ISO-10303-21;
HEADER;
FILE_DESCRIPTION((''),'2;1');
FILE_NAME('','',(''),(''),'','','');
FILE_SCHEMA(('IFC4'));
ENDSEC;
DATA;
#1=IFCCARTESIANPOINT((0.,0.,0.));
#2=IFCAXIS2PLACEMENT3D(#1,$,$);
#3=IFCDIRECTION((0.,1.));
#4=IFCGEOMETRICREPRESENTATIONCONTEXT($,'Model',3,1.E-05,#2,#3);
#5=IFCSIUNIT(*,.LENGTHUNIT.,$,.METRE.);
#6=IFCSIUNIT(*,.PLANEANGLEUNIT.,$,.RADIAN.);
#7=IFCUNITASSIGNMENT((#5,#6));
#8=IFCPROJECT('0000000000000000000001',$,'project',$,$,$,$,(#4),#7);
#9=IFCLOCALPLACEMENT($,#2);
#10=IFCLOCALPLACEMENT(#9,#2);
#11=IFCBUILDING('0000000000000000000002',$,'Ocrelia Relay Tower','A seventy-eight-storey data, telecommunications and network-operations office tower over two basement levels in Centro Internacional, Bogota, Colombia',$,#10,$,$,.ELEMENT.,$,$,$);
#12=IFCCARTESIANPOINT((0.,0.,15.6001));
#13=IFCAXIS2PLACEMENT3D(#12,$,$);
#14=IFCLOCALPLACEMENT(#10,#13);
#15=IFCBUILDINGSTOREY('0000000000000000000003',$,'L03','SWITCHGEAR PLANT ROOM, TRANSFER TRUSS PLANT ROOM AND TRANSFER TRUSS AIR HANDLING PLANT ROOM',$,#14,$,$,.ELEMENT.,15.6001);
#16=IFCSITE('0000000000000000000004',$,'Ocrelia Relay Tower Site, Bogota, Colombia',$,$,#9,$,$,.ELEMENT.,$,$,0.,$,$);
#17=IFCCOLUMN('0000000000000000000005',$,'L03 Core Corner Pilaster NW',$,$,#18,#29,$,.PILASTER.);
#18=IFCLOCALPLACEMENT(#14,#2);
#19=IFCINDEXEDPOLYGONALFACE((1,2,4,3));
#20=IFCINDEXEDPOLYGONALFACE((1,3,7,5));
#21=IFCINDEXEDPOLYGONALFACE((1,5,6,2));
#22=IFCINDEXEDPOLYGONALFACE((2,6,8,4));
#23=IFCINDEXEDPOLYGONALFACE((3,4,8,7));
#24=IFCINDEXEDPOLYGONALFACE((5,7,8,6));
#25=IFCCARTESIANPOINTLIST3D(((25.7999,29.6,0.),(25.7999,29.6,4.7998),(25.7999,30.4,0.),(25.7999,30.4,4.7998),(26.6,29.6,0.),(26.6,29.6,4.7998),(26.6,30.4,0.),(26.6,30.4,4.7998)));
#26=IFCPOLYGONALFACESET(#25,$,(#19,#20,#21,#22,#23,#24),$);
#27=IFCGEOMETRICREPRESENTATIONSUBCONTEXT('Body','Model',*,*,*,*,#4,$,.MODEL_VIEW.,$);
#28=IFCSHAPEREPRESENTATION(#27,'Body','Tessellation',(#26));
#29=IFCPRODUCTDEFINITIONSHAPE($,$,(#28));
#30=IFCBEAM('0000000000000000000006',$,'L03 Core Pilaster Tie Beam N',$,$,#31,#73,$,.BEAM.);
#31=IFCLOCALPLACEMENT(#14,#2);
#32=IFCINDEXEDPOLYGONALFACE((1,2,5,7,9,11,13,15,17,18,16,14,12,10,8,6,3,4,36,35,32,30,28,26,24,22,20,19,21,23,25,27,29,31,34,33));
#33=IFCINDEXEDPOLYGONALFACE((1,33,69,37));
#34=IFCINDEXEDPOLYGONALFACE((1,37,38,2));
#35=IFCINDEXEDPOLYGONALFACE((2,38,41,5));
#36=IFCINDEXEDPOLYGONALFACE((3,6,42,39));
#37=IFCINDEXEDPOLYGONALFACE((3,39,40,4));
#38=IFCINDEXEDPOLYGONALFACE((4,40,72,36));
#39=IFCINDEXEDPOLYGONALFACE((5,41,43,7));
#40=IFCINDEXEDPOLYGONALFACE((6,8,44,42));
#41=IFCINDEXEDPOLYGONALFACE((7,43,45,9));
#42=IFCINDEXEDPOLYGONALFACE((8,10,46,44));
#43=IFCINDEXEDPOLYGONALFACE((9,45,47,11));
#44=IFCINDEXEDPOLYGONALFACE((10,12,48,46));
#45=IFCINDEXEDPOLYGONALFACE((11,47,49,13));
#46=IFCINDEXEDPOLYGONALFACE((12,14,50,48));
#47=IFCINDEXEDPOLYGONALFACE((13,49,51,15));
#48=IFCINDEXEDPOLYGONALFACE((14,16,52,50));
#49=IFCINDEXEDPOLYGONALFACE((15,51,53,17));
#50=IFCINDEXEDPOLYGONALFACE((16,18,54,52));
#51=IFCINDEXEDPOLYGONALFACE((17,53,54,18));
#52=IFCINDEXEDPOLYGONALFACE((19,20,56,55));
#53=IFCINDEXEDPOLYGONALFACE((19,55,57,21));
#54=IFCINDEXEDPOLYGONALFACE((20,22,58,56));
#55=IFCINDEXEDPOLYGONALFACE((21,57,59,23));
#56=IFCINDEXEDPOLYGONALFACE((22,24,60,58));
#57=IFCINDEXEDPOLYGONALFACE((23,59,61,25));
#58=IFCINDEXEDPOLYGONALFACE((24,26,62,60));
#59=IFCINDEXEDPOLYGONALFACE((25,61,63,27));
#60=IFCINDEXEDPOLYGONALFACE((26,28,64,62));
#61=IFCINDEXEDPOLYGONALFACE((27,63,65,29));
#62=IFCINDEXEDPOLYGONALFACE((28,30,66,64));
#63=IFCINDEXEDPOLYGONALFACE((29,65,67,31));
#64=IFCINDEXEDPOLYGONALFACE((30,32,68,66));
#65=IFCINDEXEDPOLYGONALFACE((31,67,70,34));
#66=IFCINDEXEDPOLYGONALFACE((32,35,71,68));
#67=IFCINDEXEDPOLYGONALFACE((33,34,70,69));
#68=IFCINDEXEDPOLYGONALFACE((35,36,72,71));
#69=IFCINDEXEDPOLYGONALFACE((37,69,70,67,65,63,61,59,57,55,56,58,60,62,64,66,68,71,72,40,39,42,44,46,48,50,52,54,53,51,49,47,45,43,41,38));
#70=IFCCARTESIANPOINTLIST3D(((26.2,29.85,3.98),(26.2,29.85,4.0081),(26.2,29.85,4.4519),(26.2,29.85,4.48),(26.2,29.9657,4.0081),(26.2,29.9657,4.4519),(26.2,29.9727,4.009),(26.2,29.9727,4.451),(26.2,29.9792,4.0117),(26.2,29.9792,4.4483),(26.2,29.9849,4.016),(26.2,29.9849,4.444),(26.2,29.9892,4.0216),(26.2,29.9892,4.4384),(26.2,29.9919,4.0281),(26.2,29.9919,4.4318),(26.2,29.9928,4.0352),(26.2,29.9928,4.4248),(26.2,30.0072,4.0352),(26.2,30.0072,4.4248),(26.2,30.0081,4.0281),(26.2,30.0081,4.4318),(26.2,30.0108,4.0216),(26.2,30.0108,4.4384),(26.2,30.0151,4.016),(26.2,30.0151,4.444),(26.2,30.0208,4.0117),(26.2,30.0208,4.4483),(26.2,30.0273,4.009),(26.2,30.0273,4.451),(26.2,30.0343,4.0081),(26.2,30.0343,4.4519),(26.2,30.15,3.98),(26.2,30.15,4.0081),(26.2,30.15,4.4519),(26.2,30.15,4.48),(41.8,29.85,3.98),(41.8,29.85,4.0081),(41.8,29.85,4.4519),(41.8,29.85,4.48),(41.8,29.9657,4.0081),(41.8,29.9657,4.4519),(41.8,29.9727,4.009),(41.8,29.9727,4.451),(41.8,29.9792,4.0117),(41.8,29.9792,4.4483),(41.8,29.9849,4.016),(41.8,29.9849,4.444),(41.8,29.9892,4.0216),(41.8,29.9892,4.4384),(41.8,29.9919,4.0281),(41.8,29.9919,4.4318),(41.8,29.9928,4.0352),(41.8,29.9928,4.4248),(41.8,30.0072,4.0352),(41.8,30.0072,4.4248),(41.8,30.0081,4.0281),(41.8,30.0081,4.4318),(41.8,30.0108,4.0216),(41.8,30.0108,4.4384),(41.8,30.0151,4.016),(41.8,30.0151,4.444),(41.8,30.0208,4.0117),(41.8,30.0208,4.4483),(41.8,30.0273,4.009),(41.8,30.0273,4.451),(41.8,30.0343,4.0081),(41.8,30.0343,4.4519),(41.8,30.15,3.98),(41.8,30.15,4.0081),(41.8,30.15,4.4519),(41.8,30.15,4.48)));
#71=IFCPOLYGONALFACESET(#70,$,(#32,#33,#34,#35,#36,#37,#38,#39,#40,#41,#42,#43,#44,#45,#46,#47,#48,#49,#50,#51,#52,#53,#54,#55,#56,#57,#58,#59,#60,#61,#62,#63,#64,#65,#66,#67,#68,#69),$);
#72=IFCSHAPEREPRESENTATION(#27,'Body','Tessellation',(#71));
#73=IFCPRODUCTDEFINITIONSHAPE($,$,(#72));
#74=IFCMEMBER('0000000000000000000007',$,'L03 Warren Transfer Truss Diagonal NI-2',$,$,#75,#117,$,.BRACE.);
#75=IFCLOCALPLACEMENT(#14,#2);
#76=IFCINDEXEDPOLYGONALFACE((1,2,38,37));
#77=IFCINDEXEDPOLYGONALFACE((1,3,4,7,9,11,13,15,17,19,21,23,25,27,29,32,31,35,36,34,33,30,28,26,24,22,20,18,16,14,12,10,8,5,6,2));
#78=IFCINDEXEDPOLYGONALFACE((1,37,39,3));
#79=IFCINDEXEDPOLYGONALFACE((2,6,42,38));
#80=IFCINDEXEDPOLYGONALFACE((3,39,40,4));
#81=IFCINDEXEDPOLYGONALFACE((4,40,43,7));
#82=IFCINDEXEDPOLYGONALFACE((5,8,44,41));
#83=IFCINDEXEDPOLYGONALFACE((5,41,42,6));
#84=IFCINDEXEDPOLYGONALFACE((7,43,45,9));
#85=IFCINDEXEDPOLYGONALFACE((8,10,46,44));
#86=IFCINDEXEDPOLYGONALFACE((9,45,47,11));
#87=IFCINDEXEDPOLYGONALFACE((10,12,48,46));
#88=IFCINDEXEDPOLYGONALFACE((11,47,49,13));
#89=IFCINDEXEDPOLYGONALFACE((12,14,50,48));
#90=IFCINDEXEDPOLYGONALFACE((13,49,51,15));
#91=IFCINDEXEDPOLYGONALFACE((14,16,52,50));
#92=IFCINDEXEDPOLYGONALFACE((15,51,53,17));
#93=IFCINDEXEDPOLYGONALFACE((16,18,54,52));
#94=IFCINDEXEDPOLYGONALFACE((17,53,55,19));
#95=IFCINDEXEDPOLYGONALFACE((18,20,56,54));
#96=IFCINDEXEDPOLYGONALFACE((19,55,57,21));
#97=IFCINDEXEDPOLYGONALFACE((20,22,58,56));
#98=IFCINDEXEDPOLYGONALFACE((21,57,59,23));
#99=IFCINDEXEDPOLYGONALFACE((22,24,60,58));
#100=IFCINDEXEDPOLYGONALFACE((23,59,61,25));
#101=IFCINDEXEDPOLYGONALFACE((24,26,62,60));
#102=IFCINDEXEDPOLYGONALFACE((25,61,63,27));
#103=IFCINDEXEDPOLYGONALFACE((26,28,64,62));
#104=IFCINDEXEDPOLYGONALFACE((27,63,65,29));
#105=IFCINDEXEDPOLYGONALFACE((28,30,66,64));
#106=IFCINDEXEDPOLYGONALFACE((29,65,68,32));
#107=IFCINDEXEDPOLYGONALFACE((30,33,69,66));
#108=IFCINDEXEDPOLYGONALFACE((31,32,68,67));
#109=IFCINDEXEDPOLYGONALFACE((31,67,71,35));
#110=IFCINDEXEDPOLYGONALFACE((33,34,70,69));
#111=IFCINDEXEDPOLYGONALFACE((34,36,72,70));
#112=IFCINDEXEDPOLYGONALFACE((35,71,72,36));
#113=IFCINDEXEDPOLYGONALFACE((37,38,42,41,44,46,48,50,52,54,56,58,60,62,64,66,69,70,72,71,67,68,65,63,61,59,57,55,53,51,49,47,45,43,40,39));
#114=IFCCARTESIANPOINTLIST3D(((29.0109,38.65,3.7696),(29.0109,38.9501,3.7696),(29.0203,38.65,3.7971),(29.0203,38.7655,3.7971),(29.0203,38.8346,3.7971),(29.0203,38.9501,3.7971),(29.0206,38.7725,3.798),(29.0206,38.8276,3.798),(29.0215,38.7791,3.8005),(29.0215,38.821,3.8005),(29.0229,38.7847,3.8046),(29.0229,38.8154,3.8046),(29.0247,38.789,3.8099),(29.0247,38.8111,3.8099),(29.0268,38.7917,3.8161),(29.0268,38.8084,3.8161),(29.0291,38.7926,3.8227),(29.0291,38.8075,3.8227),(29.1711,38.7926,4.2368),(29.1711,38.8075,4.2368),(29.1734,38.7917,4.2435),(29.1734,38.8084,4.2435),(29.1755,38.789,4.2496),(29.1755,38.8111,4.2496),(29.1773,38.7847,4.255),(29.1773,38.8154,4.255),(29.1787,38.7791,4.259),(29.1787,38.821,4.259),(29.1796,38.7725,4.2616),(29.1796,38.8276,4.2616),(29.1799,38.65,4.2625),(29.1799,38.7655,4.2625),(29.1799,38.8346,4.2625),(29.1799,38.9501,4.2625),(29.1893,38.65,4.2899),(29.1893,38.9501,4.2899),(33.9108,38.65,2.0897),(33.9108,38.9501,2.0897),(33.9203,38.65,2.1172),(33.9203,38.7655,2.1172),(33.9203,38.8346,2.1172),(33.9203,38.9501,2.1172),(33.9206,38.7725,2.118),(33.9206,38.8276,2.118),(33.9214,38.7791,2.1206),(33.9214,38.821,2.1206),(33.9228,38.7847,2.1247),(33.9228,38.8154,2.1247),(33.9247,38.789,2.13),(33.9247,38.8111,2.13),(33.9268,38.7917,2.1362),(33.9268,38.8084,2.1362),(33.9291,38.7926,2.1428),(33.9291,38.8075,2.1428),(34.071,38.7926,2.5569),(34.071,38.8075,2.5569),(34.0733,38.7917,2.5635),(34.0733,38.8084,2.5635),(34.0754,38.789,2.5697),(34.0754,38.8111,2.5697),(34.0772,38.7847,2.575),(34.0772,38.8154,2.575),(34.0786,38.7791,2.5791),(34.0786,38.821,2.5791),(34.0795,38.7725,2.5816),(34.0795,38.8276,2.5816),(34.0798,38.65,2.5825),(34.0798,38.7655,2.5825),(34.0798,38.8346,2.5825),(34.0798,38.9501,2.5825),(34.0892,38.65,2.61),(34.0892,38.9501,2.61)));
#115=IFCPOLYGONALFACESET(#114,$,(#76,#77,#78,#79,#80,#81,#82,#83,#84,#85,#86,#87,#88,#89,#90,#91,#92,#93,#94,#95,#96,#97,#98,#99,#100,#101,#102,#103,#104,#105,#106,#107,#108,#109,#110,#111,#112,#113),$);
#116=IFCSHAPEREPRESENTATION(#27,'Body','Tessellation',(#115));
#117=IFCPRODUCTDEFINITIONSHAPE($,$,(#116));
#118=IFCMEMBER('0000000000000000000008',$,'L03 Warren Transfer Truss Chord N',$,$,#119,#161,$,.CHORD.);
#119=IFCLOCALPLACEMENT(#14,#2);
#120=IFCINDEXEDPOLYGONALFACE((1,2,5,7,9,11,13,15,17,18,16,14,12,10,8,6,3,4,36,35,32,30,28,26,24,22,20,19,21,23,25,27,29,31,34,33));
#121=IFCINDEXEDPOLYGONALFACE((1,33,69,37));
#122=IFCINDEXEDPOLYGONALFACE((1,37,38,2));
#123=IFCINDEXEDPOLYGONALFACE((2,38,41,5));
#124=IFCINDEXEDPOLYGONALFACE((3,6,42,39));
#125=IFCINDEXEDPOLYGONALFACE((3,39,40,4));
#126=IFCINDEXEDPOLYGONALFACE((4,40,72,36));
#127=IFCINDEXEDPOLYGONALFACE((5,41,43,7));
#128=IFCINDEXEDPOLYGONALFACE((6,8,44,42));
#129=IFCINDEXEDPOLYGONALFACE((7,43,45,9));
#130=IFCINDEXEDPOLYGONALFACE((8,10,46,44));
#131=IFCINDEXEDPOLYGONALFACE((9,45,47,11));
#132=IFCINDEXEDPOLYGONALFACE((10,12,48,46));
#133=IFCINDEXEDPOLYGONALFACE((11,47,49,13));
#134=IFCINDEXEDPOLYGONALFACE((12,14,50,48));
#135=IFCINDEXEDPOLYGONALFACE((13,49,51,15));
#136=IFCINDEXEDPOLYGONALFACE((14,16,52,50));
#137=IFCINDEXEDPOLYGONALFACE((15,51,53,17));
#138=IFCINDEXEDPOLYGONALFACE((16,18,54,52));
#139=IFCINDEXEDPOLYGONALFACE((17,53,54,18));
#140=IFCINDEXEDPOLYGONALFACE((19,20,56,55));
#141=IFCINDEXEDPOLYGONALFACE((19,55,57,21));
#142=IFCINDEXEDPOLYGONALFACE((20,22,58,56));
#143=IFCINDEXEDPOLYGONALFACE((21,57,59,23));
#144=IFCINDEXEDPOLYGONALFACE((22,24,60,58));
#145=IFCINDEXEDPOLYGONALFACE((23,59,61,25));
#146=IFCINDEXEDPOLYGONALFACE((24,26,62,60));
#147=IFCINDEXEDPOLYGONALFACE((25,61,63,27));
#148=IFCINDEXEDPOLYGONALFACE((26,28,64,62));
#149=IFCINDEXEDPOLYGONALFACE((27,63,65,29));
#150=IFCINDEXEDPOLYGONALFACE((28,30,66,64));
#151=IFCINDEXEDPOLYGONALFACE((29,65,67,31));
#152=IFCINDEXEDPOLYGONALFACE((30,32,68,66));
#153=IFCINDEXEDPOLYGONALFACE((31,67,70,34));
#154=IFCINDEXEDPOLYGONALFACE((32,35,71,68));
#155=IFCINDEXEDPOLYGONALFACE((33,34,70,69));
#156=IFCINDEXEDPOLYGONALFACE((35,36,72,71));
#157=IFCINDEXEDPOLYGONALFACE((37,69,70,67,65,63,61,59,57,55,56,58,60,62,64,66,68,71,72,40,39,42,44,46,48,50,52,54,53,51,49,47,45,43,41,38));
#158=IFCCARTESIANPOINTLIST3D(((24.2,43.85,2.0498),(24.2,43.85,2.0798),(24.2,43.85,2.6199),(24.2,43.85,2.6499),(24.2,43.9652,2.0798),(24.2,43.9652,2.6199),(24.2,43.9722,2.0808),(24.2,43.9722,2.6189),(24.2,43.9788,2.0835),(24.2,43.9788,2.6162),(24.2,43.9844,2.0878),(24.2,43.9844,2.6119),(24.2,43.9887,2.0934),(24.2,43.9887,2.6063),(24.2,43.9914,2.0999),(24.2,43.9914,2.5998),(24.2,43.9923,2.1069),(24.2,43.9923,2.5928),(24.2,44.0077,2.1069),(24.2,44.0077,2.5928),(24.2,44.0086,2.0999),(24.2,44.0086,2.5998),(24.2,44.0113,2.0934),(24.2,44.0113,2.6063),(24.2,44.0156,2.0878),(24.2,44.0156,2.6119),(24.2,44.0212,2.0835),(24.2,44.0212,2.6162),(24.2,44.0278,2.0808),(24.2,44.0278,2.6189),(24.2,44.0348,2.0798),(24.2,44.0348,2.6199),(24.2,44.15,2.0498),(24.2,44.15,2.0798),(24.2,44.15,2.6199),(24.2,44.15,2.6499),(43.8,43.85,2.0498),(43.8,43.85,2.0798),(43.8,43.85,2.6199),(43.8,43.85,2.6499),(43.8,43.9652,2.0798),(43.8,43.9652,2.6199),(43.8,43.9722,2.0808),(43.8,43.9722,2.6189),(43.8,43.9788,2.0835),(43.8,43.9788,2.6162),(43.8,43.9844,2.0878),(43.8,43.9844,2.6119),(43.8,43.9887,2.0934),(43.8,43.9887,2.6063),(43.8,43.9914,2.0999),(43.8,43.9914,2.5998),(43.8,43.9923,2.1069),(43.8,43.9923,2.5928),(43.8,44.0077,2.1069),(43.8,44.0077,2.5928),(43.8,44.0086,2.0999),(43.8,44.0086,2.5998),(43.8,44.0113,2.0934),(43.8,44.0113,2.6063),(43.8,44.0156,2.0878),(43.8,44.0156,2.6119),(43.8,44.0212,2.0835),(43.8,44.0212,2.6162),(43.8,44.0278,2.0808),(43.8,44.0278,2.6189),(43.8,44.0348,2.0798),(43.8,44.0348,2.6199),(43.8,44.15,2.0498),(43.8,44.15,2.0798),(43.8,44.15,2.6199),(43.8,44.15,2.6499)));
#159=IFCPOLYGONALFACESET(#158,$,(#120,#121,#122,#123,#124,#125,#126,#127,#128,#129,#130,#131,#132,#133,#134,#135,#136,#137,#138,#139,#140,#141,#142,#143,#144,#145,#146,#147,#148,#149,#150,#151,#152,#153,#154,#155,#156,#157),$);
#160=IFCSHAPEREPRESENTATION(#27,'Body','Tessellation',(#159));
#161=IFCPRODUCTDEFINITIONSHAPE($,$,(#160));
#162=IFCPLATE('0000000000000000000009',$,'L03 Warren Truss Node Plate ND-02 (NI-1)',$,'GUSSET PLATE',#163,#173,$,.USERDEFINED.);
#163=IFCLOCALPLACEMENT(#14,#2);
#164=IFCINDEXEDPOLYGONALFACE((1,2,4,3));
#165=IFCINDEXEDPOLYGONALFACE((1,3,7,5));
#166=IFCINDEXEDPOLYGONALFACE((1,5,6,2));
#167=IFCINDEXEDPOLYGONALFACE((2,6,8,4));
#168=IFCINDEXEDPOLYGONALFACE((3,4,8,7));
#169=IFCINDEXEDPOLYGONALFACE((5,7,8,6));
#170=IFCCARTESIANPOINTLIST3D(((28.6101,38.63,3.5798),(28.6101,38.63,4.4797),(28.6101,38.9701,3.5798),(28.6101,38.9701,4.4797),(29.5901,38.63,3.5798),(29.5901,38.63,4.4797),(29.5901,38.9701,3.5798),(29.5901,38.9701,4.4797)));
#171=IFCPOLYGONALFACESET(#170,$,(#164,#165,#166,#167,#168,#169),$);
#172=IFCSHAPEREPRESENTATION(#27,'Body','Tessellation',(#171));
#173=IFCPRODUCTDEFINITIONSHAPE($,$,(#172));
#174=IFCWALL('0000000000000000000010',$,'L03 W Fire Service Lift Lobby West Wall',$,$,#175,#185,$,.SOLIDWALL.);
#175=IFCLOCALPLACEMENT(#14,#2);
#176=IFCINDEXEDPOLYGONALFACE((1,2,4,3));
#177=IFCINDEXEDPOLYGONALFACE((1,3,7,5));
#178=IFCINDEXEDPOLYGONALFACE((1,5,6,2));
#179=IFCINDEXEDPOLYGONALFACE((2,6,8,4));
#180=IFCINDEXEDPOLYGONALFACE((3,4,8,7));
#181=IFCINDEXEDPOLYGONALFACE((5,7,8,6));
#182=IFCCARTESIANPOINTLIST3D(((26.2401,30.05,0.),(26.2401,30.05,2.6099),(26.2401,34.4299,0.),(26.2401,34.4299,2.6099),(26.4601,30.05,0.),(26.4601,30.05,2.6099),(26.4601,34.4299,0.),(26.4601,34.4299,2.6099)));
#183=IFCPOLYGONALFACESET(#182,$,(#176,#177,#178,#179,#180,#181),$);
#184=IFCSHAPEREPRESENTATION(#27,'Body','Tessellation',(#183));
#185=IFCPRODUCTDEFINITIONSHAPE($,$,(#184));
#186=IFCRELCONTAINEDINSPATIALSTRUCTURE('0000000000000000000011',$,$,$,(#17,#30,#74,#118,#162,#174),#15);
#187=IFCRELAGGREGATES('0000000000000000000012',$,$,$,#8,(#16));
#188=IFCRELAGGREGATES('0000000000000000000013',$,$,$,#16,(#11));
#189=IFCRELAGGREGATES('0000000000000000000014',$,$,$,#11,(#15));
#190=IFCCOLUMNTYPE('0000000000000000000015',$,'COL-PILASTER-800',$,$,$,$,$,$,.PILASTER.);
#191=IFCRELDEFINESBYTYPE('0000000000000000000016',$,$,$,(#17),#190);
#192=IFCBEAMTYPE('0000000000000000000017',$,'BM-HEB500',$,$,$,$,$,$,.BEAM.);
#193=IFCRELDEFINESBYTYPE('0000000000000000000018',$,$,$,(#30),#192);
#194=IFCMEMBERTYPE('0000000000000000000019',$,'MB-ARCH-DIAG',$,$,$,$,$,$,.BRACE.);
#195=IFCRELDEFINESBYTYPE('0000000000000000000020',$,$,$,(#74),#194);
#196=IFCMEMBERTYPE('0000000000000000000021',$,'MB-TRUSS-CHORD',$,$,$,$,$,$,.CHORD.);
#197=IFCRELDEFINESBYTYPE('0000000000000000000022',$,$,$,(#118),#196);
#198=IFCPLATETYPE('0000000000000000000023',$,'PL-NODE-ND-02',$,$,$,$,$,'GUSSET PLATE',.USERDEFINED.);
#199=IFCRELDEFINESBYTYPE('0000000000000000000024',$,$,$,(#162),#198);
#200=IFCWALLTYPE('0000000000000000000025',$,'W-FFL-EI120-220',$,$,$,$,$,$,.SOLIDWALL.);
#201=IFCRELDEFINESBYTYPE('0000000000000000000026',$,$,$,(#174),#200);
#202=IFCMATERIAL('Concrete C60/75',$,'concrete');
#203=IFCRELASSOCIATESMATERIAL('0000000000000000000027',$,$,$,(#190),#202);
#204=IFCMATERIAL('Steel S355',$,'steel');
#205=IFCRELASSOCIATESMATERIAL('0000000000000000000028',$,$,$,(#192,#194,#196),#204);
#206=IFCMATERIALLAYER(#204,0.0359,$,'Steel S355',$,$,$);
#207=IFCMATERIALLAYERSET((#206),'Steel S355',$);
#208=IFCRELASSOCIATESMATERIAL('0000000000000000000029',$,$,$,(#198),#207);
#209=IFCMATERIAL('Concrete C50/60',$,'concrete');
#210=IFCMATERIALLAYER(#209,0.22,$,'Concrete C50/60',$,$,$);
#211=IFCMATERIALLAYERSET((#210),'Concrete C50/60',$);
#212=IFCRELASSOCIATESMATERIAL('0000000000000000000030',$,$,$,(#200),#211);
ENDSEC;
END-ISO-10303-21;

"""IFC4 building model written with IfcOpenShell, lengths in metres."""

from ifc_helpers import new_model, si_unit, direction, frame, frame_2d, origin, origin_2d, place, context, subcontext, project, spatial, rectangle, i_section, extrude, material, layer, layer_set, material_profile, profile_set, type_object, element, save


model = new_model("IFC4")

# Units and contexts
model_context = context("Model", 3, precision=1e-05, world=origin(), true_north=direction((0.0, 1.0)))
body_context = subcontext(model_context, "Body", "Model", "MODEL_VIEW")
ifc_project = project(units=[si_unit("LENGTHUNIT", "METRE"), si_unit("PLANEANGLEUNIT", "RADIAN")], contexts=[model_context])

# Site, building, storey
site_placement = place(None, origin())
site = spatial("IfcSite", under=ifc_project, at=site_placement, Name="Ocrelia Relay Tower Site, Bogota, Colombia", CompositionType="ELEMENT", RefElevation=0.0)
building_placement = place(site_placement, origin())
building = spatial("IfcBuilding", under=site, at=building_placement, Name="Ocrelia Relay Tower", Description="A seventy-eight-storey data, telecommunications and network-operations office tower over two basement levels in Centro Internacional, Bogota, Colombia", CompositionType="ELEMENT")
storey_placement = place(building_placement, frame((0.0, 0.0, 15.6001)))
storey = spatial("IfcBuildingStorey", under=building, at=storey_placement, Name="L03", Description="SWITCHGEAR PLANT ROOM, TRANSFER TRUSS PLANT ROOM AND TRANSFER TRUSS AIR HANDLING PLANT ROOM", CompositionType="ELEMENT", Elevation=15.6001)

# Column
ifc_material_1 = material(Name="Concrete C60/75", Category="concrete")
ifc_material_profile_1 = material_profile(ifc_material_1, rectangle(XDim=0.8, YDim=0.8, at=origin_2d()), Name="RC-COL-800x800")
ifc_profile_set_1 = profile_set([ifc_material_profile_1], Name="Concrete C60/75")
column_type = type_object("IfcColumnType", Name="COL-PILASTER-800", PredefinedType="PILASTER", material=ifc_profile_set_1)
column_placement = place(storey_placement, frame((26.2, 30.0, 0.0), z_axis=(0.0, 0.0, 1.0), x_axis=(1.0, 0.0, 0.0)))
element("IfcColumn", 1, at=column_placement, inside=storey, type_object=column_type, Name="L03 Core Corner Pilaster NW", PredefinedType="PILASTER", context=body_context, shape_type="SweptSolid", body=[
    extrude(rectangle(XDim=0.8, YDim=0.8, at=origin_2d()), origin(), (0.0, 0.0, 1.0), 4.7998),
])

# Beam
ifc_material_2 = material(Name="Steel S355", Category="steel")
ifc_material_profile_2 = material_profile(ifc_material_2, i_section(OverallWidth=0.3, OverallDepth=0.5, WebThickness=0.0144, FlangeThickness=0.0281, FilletRadius=0.0271, at=origin_2d()), Name="HEB 500")
ifc_profile_set_2 = profile_set([ifc_material_profile_2], Name="Steel S355")
beam_type = type_object("IfcBeamType", Name="BM-HEB500", PredefinedType="BEAM", material=ifc_profile_set_2)
beam_placement = place(storey_placement, frame((26.2, 30.0, 4.23), z_axis=(1.0, 0.0, 0.0), x_axis=(0.0, 1.0, 0.0)))
element("IfcBeam", 2, at=beam_placement, inside=storey, type_object=beam_type, Name="L03 Core Pilaster Tie Beam N", PredefinedType="BEAM", context=body_context, shape_type="SweptSolid", body=[
    extrude(i_section(OverallWidth=0.3, OverallDepth=0.5, WebThickness=0.0144, FlangeThickness=0.0281, FilletRadius=0.0271, at=origin_2d()), origin(), (0.0, 0.0, 1.0), 15.6001),
])

# Members
ifc_material_profile_3 = material_profile(ifc_material_2, i_section(OverallWidth=0.3, OverallDepth=0.55, WebThickness=0.0149, FlangeThickness=0.0291, FilletRadius=0.0271, at=origin_2d()), Name="HEB 550")
ifc_profile_set_3 = profile_set([ifc_material_profile_3], Name="Steel S355")
member_type_1 = type_object("IfcMemberType", Name="MB-ARCH-DIAG", PredefinedType="BRACE", material=ifc_profile_set_3)
member_1_placement = place(storey_placement, frame((29.1001, 38.8, 4.0298), z_axis=(0.945948, 0.0, -0.324318), x_axis=(0.0, 1.0, 0.0)))
element("IfcMember", 3, at=member_1_placement, inside=storey, type_object=member_type_1, Name="L03 Warren Transfer Truss Diagonal NI-2", PredefinedType="BRACE", context=body_context, shape_type="SweptSolid", body=[
    extrude(i_section(OverallWidth=0.3, OverallDepth=0.55, WebThickness=0.0149, FlangeThickness=0.0291, FilletRadius=0.0271, at=origin_2d()), origin(), (0.0, 0.0, 1.0), 5.1799),
])
ifc_material_profile_4 = material_profile(ifc_material_2, i_section(OverallWidth=0.3, OverallDepth=0.6001, WebThickness=0.0154, FlangeThickness=0.03, FilletRadius=0.0271, at=origin_2d()), Name="HEB 600")
ifc_profile_set_4 = profile_set([ifc_material_profile_4], Name="Steel S355")
member_type_2 = type_object("IfcMemberType", Name="MB-TRUSS-CHORD", PredefinedType="CHORD", material=ifc_profile_set_4)
member_2_placement = place(storey_placement, frame((24.2, 44.0, 2.3499), z_axis=(1.0, 0.0, 0.0), x_axis=(0.0, 1.0, 0.0)))
element("IfcMember", 4, at=member_2_placement, inside=storey, type_object=member_type_2, Name="L03 Warren Transfer Truss Chord N", PredefinedType="CHORD", context=body_context, shape_type="SweptSolid", body=[
    extrude(i_section(OverallWidth=0.3, OverallDepth=0.6001, WebThickness=0.0154, FlangeThickness=0.03, FilletRadius=0.0271, at=origin_2d()), origin(), (0.0, 0.0, 1.0), 19.6001),
])

# Plate
ifc_layer_1 = layer(ifc_material_2, 0.0359, Name="Steel S355")
ifc_layer_set_1 = layer_set([ifc_layer_1], Name="Steel S355")
plate_type = type_object("IfcPlateType", Name="PL-NODE-ND-02", ElementType="GUSSET PLATE", PredefinedType="USERDEFINED", material=ifc_layer_set_1)
plate_placement = place(storey_placement, frame((29.1001, 38.8, 3.5798), z_axis=(0.0, 0.0, 1.0), x_axis=(1.0, 0.0, 0.0)))
element("IfcPlate", 5, at=plate_placement, inside=storey, type_object=plate_type, Name="L03 Warren Truss Node Plate ND-02 (NI-1)", ObjectType="GUSSET PLATE", PredefinedType="USERDEFINED", context=body_context, shape_type="SweptSolid", body=[
    extrude(rectangle(XDim=0.98, YDim=0.3401, at=origin_2d()), origin(), (0.0, 0.0, 1.0), 0.8999),
])

# Wall
ifc_material_3 = material(Name="Concrete C50/60", Category="concrete")
ifc_layer_2 = layer(ifc_material_3, 0.22, Name="Concrete C50/60")
ifc_layer_set_2 = layer_set([ifc_layer_2], Name="Concrete C50/60")
wall_type_1 = type_object("IfcWallType", Name="W-FFL-EI120-220", PredefinedType="SOLIDWALL", material=ifc_layer_set_2)
wall_1_placement = place(storey_placement, frame((26.3501, 30.05, 0.0), z_axis=(0.0, 0.0, 1.0), x_axis=(0.0, 1.0, 0.0)))
element("IfcWall", 6, at=wall_1_placement, inside=storey, type_object=wall_type_1, Name="L03 W Fire Service Lift Lobby West Wall", PredefinedType="SOLIDWALL", context=body_context, shape_type="SweptSolid", body=[
    extrude(rectangle(XDim=4.3799, YDim=0.22, at=frame_2d((2.1899, 0.0))), origin(), (0.0, 0.0, 1.0), 2.6099),
])

save(model, "model.ifc")
